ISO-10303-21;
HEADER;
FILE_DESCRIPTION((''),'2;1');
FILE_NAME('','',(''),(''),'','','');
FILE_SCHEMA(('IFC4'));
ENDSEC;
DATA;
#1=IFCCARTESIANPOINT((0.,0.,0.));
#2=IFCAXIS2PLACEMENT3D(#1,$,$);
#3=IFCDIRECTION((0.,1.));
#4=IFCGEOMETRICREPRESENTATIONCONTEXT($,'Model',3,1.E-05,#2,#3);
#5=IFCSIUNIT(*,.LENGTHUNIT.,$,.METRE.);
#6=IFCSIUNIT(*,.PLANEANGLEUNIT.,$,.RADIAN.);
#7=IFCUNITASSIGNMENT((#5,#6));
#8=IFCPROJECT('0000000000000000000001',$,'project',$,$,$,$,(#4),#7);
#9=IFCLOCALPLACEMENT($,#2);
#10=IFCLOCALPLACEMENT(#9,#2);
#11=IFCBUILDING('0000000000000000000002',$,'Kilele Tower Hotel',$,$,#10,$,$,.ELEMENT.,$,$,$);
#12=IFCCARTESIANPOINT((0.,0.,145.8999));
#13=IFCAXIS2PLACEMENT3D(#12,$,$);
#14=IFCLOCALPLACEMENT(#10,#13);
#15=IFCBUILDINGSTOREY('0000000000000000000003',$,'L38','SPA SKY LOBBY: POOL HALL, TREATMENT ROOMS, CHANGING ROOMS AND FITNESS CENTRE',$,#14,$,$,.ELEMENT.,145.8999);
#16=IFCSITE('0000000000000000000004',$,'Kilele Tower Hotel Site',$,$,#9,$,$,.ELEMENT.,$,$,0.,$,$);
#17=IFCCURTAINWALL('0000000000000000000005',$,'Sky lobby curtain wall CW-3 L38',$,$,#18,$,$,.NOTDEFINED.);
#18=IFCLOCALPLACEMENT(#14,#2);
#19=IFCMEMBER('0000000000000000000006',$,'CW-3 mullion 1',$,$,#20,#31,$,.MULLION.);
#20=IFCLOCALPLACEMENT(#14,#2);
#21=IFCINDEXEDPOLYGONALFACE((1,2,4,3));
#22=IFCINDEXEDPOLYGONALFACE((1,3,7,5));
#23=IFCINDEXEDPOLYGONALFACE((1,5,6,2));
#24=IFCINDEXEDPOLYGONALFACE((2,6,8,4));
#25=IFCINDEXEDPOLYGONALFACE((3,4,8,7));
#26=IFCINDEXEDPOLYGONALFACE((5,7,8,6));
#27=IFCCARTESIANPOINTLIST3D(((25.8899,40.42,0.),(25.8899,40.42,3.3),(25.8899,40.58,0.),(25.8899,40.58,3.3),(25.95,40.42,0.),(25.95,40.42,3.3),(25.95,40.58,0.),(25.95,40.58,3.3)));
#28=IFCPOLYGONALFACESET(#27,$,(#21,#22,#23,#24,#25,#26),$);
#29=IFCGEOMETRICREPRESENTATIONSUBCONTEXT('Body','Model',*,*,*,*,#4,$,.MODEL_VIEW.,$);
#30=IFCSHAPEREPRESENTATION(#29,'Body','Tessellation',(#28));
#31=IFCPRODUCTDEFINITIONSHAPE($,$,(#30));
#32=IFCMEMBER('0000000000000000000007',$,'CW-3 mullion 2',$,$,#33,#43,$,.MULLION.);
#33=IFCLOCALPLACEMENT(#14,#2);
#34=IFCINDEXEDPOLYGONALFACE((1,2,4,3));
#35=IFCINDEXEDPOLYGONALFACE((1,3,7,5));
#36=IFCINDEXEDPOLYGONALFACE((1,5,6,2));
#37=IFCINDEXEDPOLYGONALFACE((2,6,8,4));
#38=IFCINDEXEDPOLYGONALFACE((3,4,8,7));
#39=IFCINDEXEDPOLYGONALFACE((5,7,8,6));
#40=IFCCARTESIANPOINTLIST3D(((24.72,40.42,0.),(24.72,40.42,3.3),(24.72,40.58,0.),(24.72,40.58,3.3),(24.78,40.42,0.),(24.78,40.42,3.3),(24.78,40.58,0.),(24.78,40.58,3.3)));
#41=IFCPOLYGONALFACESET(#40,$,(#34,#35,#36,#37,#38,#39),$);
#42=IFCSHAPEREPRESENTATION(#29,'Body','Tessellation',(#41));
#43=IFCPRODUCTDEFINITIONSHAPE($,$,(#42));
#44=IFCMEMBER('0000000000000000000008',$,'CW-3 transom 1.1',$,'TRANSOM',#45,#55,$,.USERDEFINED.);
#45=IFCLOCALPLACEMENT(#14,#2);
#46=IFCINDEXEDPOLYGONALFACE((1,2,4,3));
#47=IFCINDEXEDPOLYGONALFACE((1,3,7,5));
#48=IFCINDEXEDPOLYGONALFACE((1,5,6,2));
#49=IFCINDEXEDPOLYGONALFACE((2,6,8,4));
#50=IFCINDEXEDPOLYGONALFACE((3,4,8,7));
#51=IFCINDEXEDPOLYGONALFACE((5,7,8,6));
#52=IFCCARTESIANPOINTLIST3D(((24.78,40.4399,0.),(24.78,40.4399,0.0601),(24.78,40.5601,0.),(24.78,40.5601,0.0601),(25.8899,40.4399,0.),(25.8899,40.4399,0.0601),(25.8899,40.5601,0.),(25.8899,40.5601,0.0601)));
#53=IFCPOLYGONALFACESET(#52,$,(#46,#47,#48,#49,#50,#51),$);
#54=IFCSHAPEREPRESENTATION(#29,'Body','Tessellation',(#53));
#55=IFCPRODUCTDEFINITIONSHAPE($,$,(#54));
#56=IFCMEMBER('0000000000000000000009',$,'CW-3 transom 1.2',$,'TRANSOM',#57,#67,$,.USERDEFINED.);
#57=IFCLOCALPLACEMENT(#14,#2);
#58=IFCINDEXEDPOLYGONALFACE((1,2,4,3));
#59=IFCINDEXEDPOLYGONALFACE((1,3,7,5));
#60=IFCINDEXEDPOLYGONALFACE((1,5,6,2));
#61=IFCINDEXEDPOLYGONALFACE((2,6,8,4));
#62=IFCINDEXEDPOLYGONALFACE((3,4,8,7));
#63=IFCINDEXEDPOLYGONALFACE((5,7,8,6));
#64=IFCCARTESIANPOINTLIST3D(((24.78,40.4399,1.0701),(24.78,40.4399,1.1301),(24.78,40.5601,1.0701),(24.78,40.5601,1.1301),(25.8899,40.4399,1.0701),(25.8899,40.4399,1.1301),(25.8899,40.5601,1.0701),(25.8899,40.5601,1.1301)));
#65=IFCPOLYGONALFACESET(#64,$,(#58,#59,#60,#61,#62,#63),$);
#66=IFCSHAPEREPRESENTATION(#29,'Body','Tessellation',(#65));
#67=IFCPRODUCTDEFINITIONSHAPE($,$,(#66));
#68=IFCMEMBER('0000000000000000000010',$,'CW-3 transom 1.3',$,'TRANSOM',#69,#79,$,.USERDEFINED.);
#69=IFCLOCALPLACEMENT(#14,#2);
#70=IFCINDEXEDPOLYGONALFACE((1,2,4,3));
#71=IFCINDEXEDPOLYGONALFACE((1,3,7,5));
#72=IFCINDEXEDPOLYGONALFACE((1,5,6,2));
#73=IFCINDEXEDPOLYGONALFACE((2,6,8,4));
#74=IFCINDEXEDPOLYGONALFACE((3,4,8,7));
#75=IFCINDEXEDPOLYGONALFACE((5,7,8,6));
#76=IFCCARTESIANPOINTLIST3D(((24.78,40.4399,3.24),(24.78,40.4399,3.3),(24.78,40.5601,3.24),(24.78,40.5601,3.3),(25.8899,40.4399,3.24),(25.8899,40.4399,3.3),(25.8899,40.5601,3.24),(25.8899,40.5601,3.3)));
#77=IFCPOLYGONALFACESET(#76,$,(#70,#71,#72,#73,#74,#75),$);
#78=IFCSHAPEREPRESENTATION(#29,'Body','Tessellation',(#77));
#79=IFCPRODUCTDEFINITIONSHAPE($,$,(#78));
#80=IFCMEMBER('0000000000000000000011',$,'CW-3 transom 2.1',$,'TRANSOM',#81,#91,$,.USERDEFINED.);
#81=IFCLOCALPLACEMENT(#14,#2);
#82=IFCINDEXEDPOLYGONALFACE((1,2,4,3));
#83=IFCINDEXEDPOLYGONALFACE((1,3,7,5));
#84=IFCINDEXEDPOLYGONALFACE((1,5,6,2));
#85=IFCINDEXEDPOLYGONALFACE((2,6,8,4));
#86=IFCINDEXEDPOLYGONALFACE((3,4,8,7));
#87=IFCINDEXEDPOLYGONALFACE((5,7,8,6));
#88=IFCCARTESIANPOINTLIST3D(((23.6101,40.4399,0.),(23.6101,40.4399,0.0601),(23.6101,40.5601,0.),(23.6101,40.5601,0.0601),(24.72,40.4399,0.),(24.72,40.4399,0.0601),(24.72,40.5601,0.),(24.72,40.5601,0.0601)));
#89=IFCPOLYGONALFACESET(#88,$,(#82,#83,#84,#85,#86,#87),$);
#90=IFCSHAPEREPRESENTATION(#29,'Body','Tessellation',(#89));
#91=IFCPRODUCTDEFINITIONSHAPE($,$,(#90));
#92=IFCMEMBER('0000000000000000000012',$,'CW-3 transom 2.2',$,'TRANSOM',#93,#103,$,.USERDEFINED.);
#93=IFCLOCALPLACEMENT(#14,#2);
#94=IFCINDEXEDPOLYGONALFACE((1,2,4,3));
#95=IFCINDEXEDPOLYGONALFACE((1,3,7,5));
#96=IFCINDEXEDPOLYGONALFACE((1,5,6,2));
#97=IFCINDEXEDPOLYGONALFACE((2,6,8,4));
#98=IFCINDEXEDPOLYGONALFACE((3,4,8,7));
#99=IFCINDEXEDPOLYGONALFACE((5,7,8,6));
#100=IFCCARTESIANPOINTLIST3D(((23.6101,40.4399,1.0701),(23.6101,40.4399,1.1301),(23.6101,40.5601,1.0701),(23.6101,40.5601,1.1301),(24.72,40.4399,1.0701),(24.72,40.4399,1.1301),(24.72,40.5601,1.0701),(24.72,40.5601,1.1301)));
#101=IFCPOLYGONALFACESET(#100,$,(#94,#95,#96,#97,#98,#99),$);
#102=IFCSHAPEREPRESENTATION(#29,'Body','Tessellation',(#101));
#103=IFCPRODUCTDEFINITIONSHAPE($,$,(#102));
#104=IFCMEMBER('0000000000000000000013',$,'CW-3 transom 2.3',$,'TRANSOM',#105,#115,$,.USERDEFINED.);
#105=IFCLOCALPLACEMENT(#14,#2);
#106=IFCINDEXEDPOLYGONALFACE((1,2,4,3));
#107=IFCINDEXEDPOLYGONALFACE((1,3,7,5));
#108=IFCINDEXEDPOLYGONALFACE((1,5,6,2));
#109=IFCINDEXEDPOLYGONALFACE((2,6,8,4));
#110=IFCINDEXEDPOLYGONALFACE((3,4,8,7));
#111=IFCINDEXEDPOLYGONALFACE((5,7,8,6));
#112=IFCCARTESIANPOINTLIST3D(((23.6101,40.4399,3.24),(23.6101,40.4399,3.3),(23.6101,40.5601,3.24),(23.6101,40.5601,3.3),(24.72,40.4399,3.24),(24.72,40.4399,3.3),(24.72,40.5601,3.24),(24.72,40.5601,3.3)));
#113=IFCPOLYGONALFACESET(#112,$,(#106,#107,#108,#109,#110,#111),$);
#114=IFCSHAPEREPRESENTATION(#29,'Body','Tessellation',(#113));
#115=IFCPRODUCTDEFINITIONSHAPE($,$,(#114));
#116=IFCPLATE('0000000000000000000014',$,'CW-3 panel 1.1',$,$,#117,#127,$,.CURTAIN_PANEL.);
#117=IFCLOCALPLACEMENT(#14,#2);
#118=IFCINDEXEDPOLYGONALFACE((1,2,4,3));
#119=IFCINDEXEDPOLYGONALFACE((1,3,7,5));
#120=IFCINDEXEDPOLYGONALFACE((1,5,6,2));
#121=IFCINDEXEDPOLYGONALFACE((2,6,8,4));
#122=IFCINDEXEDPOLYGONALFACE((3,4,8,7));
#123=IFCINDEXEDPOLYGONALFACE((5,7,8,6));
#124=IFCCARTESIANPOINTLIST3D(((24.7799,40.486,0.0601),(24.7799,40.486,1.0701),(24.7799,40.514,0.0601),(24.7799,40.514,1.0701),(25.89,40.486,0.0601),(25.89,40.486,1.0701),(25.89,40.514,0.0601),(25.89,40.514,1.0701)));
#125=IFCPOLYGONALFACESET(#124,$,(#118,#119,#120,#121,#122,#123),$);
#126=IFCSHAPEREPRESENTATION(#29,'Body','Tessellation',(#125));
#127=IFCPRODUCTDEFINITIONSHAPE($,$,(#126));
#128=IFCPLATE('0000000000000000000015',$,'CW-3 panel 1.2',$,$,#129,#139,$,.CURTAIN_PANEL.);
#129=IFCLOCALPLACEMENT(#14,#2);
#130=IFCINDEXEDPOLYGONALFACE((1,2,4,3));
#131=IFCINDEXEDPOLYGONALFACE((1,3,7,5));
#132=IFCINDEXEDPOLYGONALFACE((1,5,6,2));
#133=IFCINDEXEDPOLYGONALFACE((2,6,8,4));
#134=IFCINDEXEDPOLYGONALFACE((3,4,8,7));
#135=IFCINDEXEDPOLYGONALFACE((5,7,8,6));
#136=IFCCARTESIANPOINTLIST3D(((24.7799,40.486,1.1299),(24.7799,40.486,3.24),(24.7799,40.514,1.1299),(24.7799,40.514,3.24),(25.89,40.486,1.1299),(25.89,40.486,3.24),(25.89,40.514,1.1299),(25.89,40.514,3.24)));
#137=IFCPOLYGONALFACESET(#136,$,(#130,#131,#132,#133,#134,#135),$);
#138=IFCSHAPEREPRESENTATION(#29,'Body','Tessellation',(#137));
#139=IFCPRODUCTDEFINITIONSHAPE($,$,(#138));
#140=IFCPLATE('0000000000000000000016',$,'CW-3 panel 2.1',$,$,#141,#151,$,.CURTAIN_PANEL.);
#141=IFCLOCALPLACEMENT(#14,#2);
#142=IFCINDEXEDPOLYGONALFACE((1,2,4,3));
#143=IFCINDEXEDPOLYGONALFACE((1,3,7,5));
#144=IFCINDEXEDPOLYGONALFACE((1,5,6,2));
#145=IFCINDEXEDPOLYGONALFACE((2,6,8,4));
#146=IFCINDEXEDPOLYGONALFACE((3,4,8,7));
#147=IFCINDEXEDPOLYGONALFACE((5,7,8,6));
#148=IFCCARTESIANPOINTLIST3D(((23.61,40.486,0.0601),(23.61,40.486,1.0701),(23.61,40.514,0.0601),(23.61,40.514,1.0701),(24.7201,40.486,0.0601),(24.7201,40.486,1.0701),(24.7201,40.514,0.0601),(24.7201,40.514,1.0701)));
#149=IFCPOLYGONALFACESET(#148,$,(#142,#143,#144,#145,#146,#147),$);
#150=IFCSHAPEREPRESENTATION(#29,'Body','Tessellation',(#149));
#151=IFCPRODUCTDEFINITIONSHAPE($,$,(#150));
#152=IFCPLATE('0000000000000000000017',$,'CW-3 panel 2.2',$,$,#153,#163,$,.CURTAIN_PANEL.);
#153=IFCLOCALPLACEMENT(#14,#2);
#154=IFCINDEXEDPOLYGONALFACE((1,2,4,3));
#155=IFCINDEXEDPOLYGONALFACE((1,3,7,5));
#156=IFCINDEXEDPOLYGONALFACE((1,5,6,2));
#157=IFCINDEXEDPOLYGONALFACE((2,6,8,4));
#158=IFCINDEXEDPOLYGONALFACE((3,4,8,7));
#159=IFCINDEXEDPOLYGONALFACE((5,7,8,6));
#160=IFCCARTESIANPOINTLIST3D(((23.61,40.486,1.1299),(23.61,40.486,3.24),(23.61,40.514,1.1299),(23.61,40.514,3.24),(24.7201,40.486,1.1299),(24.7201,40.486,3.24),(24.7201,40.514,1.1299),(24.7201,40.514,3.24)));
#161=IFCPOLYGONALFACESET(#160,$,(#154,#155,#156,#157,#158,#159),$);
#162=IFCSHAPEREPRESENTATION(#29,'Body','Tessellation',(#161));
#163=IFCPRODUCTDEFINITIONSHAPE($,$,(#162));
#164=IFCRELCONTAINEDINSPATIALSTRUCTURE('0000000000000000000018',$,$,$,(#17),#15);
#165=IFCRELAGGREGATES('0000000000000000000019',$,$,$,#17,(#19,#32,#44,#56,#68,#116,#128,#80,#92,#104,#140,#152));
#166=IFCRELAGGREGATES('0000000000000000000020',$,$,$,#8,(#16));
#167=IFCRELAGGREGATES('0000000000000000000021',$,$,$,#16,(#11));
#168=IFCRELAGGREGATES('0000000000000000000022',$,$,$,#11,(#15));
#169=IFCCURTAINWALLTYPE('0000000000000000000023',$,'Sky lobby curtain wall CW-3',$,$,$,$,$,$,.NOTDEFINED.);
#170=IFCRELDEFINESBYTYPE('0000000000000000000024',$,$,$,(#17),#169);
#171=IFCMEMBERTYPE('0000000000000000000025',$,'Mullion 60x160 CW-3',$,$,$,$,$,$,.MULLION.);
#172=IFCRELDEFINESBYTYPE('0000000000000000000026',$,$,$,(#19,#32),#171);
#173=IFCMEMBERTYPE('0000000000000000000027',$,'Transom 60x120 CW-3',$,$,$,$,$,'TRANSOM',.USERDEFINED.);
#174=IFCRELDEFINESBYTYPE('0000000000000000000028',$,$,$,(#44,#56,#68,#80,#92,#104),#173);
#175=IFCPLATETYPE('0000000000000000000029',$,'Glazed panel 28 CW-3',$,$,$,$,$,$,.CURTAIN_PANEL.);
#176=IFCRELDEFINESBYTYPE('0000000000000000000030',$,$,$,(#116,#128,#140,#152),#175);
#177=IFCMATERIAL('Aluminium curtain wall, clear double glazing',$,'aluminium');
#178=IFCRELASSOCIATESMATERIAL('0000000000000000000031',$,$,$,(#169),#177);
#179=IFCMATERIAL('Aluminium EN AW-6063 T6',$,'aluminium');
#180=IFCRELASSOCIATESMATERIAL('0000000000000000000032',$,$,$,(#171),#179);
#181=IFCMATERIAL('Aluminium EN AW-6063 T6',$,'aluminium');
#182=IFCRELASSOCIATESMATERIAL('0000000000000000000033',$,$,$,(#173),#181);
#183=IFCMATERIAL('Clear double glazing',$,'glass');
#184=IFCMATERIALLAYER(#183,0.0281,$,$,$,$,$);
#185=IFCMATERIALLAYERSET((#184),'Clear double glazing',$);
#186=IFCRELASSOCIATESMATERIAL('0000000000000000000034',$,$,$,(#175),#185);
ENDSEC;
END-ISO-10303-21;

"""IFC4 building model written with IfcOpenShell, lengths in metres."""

from ifc_helpers import new_model, si_unit, direction, frame, origin, origin_2d, place, context, subcontext, project, spatial, rectangle, extrude, material, layer, layer_set, material_profile, profile_set, type_object, element, aggregate, save


model = new_model("IFC4")

# Units and contexts
model_context = context("Model", 3, precision=1e-05, world=origin(), true_north=direction((0.0, 1.0)))
body_context = subcontext(model_context, "Body", "Model", "MODEL_VIEW")
ifc_project = project(units=[si_unit("LENGTHUNIT", "METRE"), si_unit("PLANEANGLEUNIT", "RADIAN")], contexts=[model_context])

# Site, building, storey
site_placement = place(None, origin())
site = spatial("IfcSite", under=ifc_project, at=site_placement, Name="Kilele Tower Hotel Site", CompositionType="ELEMENT", RefElevation=0.0)
building_placement = place(site_placement, origin())
building = spatial("IfcBuilding", under=site, at=building_placement, Name="Kilele Tower Hotel", CompositionType="ELEMENT")
storey_placement = place(building_placement, frame((0.0, 0.0, 145.8999)))
storey = spatial("IfcBuildingStorey", under=building, at=storey_placement, Name="L38", Description="SPA SKY LOBBY: POOL HALL, TREATMENT ROOMS, CHANGING ROOMS AND FITNESS CENTRE", CompositionType="ELEMENT", Elevation=145.8999)

# Curtain wall, members, plates
ifc_material_1 = material(Name="Aluminium curtain wall, clear double glazing", Category="aluminium")
curtain_wall_type = type_object("IfcCurtainWallType", Name="Sky lobby curtain wall CW-3", PredefinedType="NOTDEFINED", material=ifc_material_1)
curtain_wall_placement = place(storey_placement, origin())
curtain_wall = element("IfcCurtainWall", 1, at=curtain_wall_placement, inside=storey, type_object=curtain_wall_type, Name="Sky lobby curtain wall CW-3 L38", PredefinedType="NOTDEFINED")
ifc_material_2 = material(Name="Aluminium EN AW-6063 T6", Category="aluminium")
ifc_material_profile_1 = material_profile(ifc_material_2, rectangle(XDim=0.1599, YDim=0.0601, at=origin_2d()))
ifc_profile_set_1 = profile_set([ifc_material_profile_1], Name="Aluminium EN AW-6063 T6")
member_type_1 = type_object("IfcMemberType", Name="Mullion 60x160 CW-3", PredefinedType="MULLION", material=ifc_profile_set_1)
member_1_placement = place(storey_placement, frame((25.9199, 40.5, 0.0), z_axis=(0.0, 0.0, 1.0), x_axis=(0.0, -1.0, 0.0)))
member_1 = element("IfcMember", 2, at=member_1_placement, type_object=member_type_1, Name="CW-3 mullion 1", PredefinedType="MULLION", context=body_context, shape_type="SweptSolid", body=[
    extrude(rectangle(XDim=0.1599, YDim=0.0601, at=origin_2d()), origin(), (0.0, 0.0, 1.0), 3.3),
])
member_2_placement = place(storey_placement, frame((24.75, 40.5, 0.0), z_axis=(0.0, 0.0, 1.0), x_axis=(0.0, -1.0, 0.0)))
member_2 = element("IfcMember", 3, at=member_2_placement, type_object=member_type_1, Name="CW-3 mullion 2", PredefinedType="MULLION", context=body_context, shape_type="SweptSolid", body=[
    extrude(rectangle(XDim=0.1599, YDim=0.0601, at=origin_2d()), origin(), (0.0, 0.0, 1.0), 3.3),
])
ifc_material_3 = material(Name="Aluminium EN AW-6063 T6", Category="aluminium")
ifc_material_profile_2 = material_profile(ifc_material_3, rectangle(XDim=0.1201, YDim=0.0601, at=origin_2d()))
ifc_profile_set_2 = profile_set([ifc_material_profile_2], Name="Aluminium EN AW-6063 T6")
member_type_2 = type_object("IfcMemberType", Name="Transom 60x120 CW-3", ElementType="TRANSOM", PredefinedType="USERDEFINED", material=ifc_profile_set_2)
member_3_placement = place(storey_placement, frame((25.8899, 40.5, 0.03), z_axis=(-1.0, 0.0, 0.0), x_axis=(0.0, -1.0, 0.0)))
member_3 = element("IfcMember", 4, at=member_3_placement, type_object=member_type_2, Name="CW-3 transom 1.1", ObjectType="TRANSOM", PredefinedType="USERDEFINED", context=body_context, shape_type="SweptSolid", body=[
    extrude(rectangle(XDim=0.1201, YDim=0.0601, at=origin_2d()), origin(), (0.0, 0.0, 1.0), 1.1099),
])
member_4_placement = place(storey_placement, frame((25.8899, 40.5, 1.1001), z_axis=(-1.0, 0.0, 0.0), x_axis=(0.0, -1.0, 0.0)))
member_4 = element("IfcMember", 5, at=member_4_placement, type_object=member_type_2, Name="CW-3 transom 1.2", ObjectType="TRANSOM", PredefinedType="USERDEFINED", context=body_context, shape_type="SweptSolid", body=[
    extrude(rectangle(XDim=0.1201, YDim=0.0601, at=origin_2d()), origin(), (0.0, 0.0, 1.0), 1.1099),
])
member_5_placement = place(storey_placement, frame((25.8899, 40.5, 3.27), z_axis=(-1.0, 0.0, 0.0), x_axis=(0.0, -1.0, 0.0)))
member_5 = element("IfcMember", 6, at=member_5_placement, type_object=member_type_2, Name="CW-3 transom 1.3", ObjectType="TRANSOM", PredefinedType="USERDEFINED", context=body_context, shape_type="SweptSolid", body=[
    extrude(rectangle(XDim=0.1201, YDim=0.0601, at=origin_2d()), origin(), (0.0, 0.0, 1.0), 1.1099),
])
member_6_placement = place(storey_placement, frame((24.72, 40.5, 0.03), z_axis=(-1.0, 0.0, 0.0), x_axis=(0.0, -1.0, 0.0)))
member_6 = element("IfcMember", 7, at=member_6_placement, type_object=member_type_2, Name="CW-3 transom 2.1", ObjectType="TRANSOM", PredefinedType="USERDEFINED", context=body_context, shape_type="SweptSolid", body=[
    extrude(rectangle(XDim=0.1201, YDim=0.0601, at=origin_2d()), origin(), (0.0, 0.0, 1.0), 1.1099),
])
member_7_placement = place(storey_placement, frame((24.72, 40.5, 1.1001), z_axis=(-1.0, 0.0, 0.0), x_axis=(0.0, -1.0, 0.0)))
member_7 = element("IfcMember", 8, at=member_7_placement, type_object=member_type_2, Name="CW-3 transom 2.2", ObjectType="TRANSOM", PredefinedType="USERDEFINED", context=body_context, shape_type="SweptSolid", body=[
    extrude(rectangle(XDim=0.1201, YDim=0.0601, at=origin_2d()), origin(), (0.0, 0.0, 1.0), 1.1099),
])
member_8_placement = place(storey_placement, frame((24.72, 40.5, 3.27), z_axis=(-1.0, 0.0, 0.0), x_axis=(0.0, -1.0, 0.0)))
member_8 = element("IfcMember", 9, at=member_8_placement, type_object=member_type_2, Name="CW-3 transom 2.3", ObjectType="TRANSOM", PredefinedType="USERDEFINED", context=body_context, shape_type="SweptSolid", body=[
    extrude(rectangle(XDim=0.1201, YDim=0.0601, at=origin_2d()), origin(), (0.0, 0.0, 1.0), 1.1099),
])
ifc_material_4 = material(Name="Clear double glazing", Category="glass")
ifc_layer_1 = layer(ifc_material_4, 0.0281)
ifc_layer_set_1 = layer_set([ifc_layer_1], Name="Clear double glazing")
plate_type = type_object("IfcPlateType", Name="Glazed panel 28 CW-3", PredefinedType="CURTAIN_PANEL", material=ifc_layer_set_1)
plate_1_placement = place(storey_placement, frame((25.335, 40.5, 0.0601), z_axis=(0.0, 0.0, 1.0), x_axis=(-1.0, 0.0, 0.0)))
plate_1 = element("IfcPlate", 10, at=plate_1_placement, type_object=plate_type, Name="CW-3 panel 1.1", PredefinedType="CURTAIN_PANEL", context=body_context, shape_type="SweptSolid", body=[
    extrude(rectangle(XDim=1.1101, YDim=0.0281, at=origin_2d()), origin(), (0.0, 0.0, 1.0), 1.01),
])
plate_2_placement = place(storey_placement, frame((25.335, 40.5, 1.1299), z_axis=(0.0, 0.0, 1.0), x_axis=(-1.0, 0.0, 0.0)))
plate_2 = element("IfcPlate", 11, at=plate_2_placement, type_object=plate_type, Name="CW-3 panel 1.2", PredefinedType="CURTAIN_PANEL", context=body_context, shape_type="SweptSolid", body=[
    extrude(rectangle(XDim=1.1101, YDim=0.0281, at=origin_2d()), origin(), (0.0, 0.0, 1.0), 2.1101),
])
plate_3_placement = place(storey_placement, frame((24.165, 40.5, 0.0601), z_axis=(0.0, 0.0, 1.0), x_axis=(-1.0, 0.0, 0.0)))
plate_3 = element("IfcPlate", 12, at=plate_3_placement, type_object=plate_type, Name="CW-3 panel 2.1", PredefinedType="CURTAIN_PANEL", context=body_context, shape_type="SweptSolid", body=[
    extrude(rectangle(XDim=1.1101, YDim=0.0281, at=origin_2d()), origin(), (0.0, 0.0, 1.0), 1.01),
])
plate_4_placement = place(storey_placement, frame((24.165, 40.5, 1.1299), z_axis=(0.0, 0.0, 1.0), x_axis=(-1.0, 0.0, 0.0)))
plate_4 = element("IfcPlate", 13, at=plate_4_placement, type_object=plate_type, Name="CW-3 panel 2.2", PredefinedType="CURTAIN_PANEL", context=body_context, shape_type="SweptSolid", body=[
    extrude(rectangle(XDim=1.1101, YDim=0.0281, at=origin_2d()), origin(), (0.0, 0.0, 1.0), 2.1101),
])
aggregate(curtain_wall, [member_1, member_2, member_3, member_4, member_5, plate_1, plate_2, member_6, member_7, member_8, plate_3, plate_4])

save(model, "model.ifc")
